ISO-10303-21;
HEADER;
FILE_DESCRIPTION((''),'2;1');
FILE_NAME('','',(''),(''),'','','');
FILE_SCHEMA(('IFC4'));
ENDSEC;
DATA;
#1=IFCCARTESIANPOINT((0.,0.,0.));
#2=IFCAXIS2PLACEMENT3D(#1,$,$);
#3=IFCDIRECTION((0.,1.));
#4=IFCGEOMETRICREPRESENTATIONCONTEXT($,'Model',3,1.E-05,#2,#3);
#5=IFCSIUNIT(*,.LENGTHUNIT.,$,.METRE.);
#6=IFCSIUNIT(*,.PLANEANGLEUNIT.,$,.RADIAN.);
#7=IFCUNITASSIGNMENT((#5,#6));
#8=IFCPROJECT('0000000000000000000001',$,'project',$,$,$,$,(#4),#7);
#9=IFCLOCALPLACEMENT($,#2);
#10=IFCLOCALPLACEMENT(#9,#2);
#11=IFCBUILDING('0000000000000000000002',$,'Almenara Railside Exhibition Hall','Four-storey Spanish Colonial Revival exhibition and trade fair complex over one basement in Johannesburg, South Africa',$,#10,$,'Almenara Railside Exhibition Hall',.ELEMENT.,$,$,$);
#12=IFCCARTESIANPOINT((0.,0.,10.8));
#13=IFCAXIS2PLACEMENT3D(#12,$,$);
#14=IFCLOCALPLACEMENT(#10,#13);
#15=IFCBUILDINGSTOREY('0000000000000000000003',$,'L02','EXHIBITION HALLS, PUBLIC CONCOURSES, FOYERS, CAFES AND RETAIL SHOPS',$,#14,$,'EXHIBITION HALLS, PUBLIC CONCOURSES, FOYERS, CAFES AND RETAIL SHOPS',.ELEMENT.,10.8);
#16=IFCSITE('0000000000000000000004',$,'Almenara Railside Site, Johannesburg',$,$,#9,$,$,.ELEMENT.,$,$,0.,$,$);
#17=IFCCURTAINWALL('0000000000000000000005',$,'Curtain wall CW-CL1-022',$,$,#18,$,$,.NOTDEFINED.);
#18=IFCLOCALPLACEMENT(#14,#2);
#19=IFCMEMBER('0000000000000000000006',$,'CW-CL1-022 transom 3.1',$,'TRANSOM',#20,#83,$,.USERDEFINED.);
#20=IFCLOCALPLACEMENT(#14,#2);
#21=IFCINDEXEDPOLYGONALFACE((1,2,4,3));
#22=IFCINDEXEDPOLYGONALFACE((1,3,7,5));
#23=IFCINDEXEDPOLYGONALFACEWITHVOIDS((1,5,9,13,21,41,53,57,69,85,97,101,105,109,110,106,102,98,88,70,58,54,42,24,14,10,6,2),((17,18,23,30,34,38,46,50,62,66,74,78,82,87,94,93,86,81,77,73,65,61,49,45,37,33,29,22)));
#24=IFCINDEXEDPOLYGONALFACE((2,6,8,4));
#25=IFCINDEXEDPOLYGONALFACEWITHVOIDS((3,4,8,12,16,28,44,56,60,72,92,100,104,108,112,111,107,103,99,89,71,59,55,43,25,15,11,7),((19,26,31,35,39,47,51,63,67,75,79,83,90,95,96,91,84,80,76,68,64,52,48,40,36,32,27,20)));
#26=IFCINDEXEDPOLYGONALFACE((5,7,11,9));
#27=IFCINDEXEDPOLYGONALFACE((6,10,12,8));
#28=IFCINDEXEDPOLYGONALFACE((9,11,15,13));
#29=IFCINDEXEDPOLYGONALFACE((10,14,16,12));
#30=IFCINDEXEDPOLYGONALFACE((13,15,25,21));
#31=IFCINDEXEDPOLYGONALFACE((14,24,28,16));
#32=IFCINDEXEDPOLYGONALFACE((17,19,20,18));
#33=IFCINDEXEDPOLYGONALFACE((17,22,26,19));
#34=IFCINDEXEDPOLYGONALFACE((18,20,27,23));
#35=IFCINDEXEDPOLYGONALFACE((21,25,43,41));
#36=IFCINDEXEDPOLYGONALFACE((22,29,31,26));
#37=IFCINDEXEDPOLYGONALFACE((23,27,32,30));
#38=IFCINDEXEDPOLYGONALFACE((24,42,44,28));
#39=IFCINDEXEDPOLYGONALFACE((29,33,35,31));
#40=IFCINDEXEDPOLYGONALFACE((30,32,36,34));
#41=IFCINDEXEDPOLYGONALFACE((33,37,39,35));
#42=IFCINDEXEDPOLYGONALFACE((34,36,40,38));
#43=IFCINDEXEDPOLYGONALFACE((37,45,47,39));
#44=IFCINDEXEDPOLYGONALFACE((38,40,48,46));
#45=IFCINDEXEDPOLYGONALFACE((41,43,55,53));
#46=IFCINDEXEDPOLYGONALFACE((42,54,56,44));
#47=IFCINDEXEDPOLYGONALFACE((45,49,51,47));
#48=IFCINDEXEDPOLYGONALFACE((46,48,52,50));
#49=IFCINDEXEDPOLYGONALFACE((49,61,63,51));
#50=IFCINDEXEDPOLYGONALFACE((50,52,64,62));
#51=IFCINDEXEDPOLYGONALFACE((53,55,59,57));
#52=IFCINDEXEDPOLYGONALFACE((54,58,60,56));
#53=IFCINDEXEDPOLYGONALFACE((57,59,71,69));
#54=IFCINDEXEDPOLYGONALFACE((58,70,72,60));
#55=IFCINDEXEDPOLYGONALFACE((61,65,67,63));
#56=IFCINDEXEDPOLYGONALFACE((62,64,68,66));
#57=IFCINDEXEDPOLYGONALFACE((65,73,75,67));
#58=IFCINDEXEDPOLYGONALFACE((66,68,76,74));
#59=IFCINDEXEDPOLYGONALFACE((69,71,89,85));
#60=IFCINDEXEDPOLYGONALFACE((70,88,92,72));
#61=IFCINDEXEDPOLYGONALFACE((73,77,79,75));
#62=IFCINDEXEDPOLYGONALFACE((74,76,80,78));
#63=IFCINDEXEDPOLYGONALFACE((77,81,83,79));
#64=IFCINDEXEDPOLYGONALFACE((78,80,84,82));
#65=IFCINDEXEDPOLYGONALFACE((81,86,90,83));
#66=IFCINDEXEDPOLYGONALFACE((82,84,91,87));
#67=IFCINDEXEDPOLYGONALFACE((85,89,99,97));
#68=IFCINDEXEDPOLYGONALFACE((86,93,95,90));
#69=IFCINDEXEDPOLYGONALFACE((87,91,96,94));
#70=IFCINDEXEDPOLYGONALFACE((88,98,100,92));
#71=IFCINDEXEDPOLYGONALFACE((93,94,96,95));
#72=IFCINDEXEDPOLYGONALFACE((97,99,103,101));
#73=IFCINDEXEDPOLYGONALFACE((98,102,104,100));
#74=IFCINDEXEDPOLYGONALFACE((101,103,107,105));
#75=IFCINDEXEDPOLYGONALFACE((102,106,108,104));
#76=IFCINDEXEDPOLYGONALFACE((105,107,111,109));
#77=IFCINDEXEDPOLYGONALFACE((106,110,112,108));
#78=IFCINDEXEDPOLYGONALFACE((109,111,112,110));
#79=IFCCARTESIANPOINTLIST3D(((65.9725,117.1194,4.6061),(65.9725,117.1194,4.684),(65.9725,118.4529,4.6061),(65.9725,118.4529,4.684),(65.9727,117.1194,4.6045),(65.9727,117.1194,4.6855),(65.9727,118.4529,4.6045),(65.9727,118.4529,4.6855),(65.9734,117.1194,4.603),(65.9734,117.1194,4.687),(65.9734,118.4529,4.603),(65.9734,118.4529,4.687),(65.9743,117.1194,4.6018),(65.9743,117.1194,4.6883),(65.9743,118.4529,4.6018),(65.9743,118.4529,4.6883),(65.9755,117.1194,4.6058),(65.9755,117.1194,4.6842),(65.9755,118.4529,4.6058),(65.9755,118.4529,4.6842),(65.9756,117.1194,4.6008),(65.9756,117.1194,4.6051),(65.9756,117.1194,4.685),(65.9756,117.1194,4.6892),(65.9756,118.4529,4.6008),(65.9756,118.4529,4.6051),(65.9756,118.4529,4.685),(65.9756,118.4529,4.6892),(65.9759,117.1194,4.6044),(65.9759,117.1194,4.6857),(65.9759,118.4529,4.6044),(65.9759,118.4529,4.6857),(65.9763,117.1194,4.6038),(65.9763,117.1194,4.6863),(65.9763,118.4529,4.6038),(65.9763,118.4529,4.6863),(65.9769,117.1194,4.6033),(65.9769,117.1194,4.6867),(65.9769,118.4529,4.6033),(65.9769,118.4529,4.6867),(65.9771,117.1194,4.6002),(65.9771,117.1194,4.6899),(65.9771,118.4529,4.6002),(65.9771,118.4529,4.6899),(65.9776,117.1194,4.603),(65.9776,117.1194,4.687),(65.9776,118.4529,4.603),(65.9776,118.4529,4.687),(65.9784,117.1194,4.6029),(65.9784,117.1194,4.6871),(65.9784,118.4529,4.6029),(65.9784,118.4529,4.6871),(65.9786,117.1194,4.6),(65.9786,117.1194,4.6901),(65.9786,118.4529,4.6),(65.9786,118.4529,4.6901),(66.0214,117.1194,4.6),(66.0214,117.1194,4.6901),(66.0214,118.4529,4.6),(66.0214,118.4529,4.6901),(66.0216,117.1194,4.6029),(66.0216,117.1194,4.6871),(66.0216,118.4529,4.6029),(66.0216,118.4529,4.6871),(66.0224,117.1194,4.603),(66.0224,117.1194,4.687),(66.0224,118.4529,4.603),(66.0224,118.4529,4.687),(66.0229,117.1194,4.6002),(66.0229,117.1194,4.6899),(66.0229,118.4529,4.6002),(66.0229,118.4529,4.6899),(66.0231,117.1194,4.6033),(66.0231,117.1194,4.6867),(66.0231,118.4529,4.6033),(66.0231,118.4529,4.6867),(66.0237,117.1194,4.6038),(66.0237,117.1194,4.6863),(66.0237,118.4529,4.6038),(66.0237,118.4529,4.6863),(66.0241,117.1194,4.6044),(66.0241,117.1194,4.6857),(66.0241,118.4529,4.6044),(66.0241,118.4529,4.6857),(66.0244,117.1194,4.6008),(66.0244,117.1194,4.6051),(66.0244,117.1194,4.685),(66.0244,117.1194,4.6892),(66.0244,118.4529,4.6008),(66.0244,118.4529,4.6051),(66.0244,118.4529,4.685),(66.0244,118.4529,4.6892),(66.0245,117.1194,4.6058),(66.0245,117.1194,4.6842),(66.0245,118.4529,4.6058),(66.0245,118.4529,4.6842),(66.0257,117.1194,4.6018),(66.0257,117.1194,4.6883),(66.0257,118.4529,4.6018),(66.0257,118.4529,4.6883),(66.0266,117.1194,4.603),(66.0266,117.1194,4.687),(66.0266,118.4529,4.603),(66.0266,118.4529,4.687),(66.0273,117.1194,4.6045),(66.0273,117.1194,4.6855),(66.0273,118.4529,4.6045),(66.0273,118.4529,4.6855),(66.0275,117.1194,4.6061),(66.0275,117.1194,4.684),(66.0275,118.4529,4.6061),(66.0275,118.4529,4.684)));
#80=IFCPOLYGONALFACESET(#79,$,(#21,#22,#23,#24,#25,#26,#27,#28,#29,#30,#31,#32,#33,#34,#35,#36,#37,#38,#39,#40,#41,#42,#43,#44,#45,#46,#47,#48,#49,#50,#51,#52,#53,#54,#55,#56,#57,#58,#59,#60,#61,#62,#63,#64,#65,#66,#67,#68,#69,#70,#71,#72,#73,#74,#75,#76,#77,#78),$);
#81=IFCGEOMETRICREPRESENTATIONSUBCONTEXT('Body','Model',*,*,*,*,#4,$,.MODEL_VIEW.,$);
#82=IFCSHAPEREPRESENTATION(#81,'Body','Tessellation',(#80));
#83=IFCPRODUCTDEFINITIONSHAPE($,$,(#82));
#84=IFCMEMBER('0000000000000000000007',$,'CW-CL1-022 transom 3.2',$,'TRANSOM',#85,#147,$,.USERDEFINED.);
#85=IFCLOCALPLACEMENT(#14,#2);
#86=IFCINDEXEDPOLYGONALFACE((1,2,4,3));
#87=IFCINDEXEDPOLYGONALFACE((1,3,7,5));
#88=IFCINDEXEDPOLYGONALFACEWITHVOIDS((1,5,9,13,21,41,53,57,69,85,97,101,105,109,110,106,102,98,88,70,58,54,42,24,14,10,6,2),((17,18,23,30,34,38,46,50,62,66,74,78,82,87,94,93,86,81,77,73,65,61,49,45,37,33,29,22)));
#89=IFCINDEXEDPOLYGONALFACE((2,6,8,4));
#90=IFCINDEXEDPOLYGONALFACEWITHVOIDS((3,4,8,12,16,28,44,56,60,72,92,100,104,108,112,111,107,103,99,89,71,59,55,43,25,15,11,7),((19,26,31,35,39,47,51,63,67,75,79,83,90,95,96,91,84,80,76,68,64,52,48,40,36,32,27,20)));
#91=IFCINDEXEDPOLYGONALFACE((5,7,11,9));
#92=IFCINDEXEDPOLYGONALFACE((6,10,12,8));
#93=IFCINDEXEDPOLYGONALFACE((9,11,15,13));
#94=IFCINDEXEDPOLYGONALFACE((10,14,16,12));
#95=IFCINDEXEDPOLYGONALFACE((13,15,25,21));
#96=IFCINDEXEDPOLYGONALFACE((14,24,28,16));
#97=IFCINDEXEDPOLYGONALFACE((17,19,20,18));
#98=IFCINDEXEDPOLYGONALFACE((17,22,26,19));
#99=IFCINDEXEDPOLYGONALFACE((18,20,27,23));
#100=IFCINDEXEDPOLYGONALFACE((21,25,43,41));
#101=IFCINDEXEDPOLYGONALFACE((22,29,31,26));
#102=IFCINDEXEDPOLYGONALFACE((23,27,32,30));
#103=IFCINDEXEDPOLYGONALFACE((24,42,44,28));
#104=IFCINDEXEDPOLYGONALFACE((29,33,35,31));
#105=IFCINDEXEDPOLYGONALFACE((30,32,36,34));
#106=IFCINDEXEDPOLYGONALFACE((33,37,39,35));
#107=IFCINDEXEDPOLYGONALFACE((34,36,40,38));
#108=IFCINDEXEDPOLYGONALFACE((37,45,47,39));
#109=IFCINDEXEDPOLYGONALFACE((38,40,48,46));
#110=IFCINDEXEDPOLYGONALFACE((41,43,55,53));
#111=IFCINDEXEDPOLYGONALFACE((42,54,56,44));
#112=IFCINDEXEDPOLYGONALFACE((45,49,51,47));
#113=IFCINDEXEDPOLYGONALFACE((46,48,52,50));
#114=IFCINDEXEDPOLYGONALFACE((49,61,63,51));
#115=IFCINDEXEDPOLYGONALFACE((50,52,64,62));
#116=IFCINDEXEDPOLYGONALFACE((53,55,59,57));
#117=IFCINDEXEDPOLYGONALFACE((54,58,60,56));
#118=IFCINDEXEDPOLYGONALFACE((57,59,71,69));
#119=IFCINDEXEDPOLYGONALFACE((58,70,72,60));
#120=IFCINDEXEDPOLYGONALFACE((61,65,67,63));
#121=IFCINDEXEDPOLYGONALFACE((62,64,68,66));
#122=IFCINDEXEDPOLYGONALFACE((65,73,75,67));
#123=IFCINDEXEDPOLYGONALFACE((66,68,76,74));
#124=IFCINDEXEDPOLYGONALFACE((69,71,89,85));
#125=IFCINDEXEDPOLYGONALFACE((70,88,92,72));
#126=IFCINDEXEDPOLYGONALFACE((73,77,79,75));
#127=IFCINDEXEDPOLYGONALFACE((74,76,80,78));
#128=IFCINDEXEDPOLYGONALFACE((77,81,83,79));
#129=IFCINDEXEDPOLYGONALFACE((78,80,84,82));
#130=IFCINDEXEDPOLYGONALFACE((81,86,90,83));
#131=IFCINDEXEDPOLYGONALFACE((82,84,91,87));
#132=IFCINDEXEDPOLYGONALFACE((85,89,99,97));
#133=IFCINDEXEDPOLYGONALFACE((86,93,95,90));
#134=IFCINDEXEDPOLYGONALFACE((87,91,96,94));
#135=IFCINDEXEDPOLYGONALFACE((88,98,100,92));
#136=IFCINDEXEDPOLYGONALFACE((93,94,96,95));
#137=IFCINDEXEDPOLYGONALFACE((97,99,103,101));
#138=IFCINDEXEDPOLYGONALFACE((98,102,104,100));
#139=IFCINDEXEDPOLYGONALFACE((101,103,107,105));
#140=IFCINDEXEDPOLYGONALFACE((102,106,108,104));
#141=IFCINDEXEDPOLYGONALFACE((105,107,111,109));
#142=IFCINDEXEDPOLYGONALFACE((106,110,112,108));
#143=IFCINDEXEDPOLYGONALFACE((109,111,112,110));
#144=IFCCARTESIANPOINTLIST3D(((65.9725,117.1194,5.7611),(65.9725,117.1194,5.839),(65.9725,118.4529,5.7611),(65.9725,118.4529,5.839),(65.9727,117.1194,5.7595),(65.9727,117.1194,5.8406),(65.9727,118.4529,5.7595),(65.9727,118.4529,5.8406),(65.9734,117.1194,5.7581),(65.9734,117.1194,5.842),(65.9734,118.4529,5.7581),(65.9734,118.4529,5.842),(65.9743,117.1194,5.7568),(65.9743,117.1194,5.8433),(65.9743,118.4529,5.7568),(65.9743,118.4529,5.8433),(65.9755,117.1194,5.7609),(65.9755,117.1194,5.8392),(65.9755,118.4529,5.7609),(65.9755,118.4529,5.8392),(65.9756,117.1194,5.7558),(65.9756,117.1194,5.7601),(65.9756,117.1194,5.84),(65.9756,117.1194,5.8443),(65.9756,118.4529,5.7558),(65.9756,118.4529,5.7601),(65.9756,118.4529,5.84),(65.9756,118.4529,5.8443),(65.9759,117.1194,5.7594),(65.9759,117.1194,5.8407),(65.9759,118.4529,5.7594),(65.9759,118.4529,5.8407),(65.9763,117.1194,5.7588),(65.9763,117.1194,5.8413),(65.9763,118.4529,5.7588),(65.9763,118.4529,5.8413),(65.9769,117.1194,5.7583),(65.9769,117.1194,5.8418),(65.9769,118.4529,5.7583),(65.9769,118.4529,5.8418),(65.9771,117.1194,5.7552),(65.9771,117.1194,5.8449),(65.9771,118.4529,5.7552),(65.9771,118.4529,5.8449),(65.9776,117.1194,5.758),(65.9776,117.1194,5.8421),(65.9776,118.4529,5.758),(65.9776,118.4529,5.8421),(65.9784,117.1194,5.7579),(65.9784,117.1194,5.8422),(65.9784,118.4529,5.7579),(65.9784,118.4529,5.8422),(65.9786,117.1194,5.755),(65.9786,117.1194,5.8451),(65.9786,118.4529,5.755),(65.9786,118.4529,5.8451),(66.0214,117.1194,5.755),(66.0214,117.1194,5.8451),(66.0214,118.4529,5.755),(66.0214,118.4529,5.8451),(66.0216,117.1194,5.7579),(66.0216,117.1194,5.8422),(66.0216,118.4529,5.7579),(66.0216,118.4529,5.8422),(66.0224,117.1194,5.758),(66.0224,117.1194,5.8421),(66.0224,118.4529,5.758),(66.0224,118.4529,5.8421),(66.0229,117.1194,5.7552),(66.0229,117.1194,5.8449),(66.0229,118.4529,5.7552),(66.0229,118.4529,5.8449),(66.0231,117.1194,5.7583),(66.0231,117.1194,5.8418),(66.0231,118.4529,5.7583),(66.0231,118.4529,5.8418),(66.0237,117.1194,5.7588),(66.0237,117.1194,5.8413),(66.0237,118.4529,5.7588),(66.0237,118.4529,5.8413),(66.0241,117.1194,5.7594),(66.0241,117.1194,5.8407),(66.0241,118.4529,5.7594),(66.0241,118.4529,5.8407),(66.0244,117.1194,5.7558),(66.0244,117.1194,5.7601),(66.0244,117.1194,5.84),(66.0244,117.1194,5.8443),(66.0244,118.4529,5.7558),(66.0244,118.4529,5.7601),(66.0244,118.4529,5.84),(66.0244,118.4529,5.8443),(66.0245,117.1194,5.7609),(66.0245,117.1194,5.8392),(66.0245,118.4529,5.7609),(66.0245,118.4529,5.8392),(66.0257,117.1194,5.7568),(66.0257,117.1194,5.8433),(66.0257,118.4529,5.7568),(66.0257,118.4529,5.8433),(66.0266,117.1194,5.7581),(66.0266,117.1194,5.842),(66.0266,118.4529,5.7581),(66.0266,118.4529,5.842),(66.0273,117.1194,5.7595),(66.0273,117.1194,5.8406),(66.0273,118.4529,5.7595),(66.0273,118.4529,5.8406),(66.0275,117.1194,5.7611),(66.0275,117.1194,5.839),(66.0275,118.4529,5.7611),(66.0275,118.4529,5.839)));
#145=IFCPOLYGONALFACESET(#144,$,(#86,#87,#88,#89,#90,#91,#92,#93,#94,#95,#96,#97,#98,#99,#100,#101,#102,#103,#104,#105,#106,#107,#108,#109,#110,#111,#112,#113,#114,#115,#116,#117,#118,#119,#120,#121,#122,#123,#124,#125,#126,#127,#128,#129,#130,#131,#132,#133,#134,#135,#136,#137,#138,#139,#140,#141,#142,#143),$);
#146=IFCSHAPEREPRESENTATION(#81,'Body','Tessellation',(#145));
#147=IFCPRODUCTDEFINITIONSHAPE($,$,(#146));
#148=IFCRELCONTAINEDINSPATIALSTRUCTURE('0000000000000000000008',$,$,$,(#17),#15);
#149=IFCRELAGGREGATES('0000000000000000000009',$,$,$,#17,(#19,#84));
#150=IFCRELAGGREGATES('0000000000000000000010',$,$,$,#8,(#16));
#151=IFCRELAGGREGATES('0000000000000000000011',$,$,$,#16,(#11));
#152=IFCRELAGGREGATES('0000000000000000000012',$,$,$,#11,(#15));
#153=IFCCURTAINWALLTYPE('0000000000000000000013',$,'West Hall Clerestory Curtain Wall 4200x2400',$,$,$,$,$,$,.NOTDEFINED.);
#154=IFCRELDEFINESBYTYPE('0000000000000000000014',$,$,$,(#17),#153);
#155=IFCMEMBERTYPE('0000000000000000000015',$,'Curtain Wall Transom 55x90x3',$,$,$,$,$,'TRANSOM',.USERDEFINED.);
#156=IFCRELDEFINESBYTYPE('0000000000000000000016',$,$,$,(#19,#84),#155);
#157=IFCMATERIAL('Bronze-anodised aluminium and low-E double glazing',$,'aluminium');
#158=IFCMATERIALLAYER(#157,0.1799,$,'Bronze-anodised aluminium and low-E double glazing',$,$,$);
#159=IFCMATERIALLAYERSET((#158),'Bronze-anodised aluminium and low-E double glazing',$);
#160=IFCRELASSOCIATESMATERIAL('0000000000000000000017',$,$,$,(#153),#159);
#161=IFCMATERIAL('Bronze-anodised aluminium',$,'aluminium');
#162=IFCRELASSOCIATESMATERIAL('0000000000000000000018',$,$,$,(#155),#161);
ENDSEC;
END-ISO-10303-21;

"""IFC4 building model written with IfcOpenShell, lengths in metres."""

from ifc_helpers import new_model, si_unit, direction, frame, origin, origin_2d, place, context, subcontext, project, spatial, hollow_rectangle, extrude, material, layer, layer_set, material_profile, profile_set, type_object, element, aggregate, save


model = new_model("IFC4")

# Units and contexts
model_context = context("Model", 3, precision=1e-05, world=origin(), true_north=direction((0.0, 1.0)))
body_context = subcontext(model_context, "Body", "Model", "MODEL_VIEW")
ifc_project = project(units=[si_unit("LENGTHUNIT", "METRE"), si_unit("PLANEANGLEUNIT", "RADIAN")], contexts=[model_context])

# Site, building, storey
site_placement = place(None, origin())
site = spatial("IfcSite", under=ifc_project, at=site_placement, Name="Almenara Railside Site, Johannesburg", CompositionType="ELEMENT", RefElevation=0.0)
building_placement = place(site_placement, origin())
building = spatial("IfcBuilding", under=site, at=building_placement, Name="Almenara Railside Exhibition Hall", Description="Four-storey Spanish Colonial Revival exhibition and trade fair complex over one basement in Johannesburg, South Africa", LongName="Almenara Railside Exhibition Hall", CompositionType="ELEMENT")
storey_placement = place(building_placement, frame((0.0, 0.0, 10.8)))
storey = spatial("IfcBuildingStorey", under=building, at=storey_placement, Name="L02", Description="EXHIBITION HALLS, PUBLIC CONCOURSES, FOYERS, CAFES AND RETAIL SHOPS", LongName="EXHIBITION HALLS, PUBLIC CONCOURSES, FOYERS, CAFES AND RETAIL SHOPS", CompositionType="ELEMENT", Elevation=10.8)

# Curtain wall
ifc_material_1 = material(Name="Bronze-anodised aluminium and low-E double glazing", Category="aluminium")
ifc_layer_1 = layer(ifc_material_1, 0.1799, Name="Bronze-anodised aluminium and low-E double glazing")
ifc_layer_set_1 = layer_set([ifc_layer_1], Name="Bronze-anodised aluminium and low-E double glazing")
curtain_wall_type = type_object("IfcCurtainWallType", Name="West Hall Clerestory Curtain Wall 4200x2400", PredefinedType="NOTDEFINED", material=ifc_layer_set_1)
curtain_wall_1_placement = place(storey_placement, origin())
curtain_wall_1 = element("IfcCurtainWall", 1, at=curtain_wall_1_placement, inside=storey, type_object=curtain_wall_type, Name="Curtain wall CW-CL1-022", PredefinedType="NOTDEFINED")
ifc_material_2 = material(Name="Bronze-anodised aluminium", Category="aluminium")

# Members
ifc_material_profile_1 = material_profile(ifc_material_2, hollow_rectangle(XDim=0.0549, YDim=0.0901, WallThickness=0.0029, InnerFilletRadius=0.0029, OuterFilletRadius=0.0061, at=origin_2d()), Name="ALU-TRN 55x90x3")
ifc_profile_set_1 = profile_set([ifc_material_profile_1], Name="Bronze-anodised aluminium")
member_type_1 = type_object("IfcMemberType", Name="Curtain Wall Transom 55x90x3", ElementType="TRANSOM", PredefinedType="USERDEFINED", material=ifc_profile_set_1)
member_1_placement = place(storey_placement, frame((66.0, 117.1194, 4.645), z_axis=(0.0, 1.0, 0.0), x_axis=(-1.0, 0.0, 0.0)))
member_1 = element("IfcMember", 2, at=member_1_placement, type_object=member_type_1, Name="CW-CL1-022 transom 3.1", ObjectType="TRANSOM", PredefinedType="USERDEFINED", context=body_context, shape_type="SweptSolid", body=[
    extrude(hollow_rectangle(XDim=0.0549, YDim=0.0901, WallThickness=0.0029, InnerFilletRadius=0.0029, OuterFilletRadius=0.0061, at=origin_2d()), origin(), (0.0, 0.0, 1.0), 1.3335),
])
member_2_placement = place(storey_placement, frame((66.0, 117.1194, 5.8), z_axis=(0.0, 1.0, 0.0), x_axis=(-1.0, 0.0, 0.0)))
member_2 = element("IfcMember", 3, at=member_2_placement, type_object=member_type_1, Name="CW-CL1-022 transom 3.2", ObjectType="TRANSOM", PredefinedType="USERDEFINED", context=body_context, shape_type="SweptSolid", body=[
    extrude(hollow_rectangle(XDim=0.0549, YDim=0.0901, WallThickness=0.0029, InnerFilletRadius=0.0029, OuterFilletRadius=0.0061, at=origin_2d()), origin(), (0.0, 0.0, 1.0), 1.3335),
])

aggregate(curtain_wall_1, [member_1, member_2])

save(model, "model.ifc")
